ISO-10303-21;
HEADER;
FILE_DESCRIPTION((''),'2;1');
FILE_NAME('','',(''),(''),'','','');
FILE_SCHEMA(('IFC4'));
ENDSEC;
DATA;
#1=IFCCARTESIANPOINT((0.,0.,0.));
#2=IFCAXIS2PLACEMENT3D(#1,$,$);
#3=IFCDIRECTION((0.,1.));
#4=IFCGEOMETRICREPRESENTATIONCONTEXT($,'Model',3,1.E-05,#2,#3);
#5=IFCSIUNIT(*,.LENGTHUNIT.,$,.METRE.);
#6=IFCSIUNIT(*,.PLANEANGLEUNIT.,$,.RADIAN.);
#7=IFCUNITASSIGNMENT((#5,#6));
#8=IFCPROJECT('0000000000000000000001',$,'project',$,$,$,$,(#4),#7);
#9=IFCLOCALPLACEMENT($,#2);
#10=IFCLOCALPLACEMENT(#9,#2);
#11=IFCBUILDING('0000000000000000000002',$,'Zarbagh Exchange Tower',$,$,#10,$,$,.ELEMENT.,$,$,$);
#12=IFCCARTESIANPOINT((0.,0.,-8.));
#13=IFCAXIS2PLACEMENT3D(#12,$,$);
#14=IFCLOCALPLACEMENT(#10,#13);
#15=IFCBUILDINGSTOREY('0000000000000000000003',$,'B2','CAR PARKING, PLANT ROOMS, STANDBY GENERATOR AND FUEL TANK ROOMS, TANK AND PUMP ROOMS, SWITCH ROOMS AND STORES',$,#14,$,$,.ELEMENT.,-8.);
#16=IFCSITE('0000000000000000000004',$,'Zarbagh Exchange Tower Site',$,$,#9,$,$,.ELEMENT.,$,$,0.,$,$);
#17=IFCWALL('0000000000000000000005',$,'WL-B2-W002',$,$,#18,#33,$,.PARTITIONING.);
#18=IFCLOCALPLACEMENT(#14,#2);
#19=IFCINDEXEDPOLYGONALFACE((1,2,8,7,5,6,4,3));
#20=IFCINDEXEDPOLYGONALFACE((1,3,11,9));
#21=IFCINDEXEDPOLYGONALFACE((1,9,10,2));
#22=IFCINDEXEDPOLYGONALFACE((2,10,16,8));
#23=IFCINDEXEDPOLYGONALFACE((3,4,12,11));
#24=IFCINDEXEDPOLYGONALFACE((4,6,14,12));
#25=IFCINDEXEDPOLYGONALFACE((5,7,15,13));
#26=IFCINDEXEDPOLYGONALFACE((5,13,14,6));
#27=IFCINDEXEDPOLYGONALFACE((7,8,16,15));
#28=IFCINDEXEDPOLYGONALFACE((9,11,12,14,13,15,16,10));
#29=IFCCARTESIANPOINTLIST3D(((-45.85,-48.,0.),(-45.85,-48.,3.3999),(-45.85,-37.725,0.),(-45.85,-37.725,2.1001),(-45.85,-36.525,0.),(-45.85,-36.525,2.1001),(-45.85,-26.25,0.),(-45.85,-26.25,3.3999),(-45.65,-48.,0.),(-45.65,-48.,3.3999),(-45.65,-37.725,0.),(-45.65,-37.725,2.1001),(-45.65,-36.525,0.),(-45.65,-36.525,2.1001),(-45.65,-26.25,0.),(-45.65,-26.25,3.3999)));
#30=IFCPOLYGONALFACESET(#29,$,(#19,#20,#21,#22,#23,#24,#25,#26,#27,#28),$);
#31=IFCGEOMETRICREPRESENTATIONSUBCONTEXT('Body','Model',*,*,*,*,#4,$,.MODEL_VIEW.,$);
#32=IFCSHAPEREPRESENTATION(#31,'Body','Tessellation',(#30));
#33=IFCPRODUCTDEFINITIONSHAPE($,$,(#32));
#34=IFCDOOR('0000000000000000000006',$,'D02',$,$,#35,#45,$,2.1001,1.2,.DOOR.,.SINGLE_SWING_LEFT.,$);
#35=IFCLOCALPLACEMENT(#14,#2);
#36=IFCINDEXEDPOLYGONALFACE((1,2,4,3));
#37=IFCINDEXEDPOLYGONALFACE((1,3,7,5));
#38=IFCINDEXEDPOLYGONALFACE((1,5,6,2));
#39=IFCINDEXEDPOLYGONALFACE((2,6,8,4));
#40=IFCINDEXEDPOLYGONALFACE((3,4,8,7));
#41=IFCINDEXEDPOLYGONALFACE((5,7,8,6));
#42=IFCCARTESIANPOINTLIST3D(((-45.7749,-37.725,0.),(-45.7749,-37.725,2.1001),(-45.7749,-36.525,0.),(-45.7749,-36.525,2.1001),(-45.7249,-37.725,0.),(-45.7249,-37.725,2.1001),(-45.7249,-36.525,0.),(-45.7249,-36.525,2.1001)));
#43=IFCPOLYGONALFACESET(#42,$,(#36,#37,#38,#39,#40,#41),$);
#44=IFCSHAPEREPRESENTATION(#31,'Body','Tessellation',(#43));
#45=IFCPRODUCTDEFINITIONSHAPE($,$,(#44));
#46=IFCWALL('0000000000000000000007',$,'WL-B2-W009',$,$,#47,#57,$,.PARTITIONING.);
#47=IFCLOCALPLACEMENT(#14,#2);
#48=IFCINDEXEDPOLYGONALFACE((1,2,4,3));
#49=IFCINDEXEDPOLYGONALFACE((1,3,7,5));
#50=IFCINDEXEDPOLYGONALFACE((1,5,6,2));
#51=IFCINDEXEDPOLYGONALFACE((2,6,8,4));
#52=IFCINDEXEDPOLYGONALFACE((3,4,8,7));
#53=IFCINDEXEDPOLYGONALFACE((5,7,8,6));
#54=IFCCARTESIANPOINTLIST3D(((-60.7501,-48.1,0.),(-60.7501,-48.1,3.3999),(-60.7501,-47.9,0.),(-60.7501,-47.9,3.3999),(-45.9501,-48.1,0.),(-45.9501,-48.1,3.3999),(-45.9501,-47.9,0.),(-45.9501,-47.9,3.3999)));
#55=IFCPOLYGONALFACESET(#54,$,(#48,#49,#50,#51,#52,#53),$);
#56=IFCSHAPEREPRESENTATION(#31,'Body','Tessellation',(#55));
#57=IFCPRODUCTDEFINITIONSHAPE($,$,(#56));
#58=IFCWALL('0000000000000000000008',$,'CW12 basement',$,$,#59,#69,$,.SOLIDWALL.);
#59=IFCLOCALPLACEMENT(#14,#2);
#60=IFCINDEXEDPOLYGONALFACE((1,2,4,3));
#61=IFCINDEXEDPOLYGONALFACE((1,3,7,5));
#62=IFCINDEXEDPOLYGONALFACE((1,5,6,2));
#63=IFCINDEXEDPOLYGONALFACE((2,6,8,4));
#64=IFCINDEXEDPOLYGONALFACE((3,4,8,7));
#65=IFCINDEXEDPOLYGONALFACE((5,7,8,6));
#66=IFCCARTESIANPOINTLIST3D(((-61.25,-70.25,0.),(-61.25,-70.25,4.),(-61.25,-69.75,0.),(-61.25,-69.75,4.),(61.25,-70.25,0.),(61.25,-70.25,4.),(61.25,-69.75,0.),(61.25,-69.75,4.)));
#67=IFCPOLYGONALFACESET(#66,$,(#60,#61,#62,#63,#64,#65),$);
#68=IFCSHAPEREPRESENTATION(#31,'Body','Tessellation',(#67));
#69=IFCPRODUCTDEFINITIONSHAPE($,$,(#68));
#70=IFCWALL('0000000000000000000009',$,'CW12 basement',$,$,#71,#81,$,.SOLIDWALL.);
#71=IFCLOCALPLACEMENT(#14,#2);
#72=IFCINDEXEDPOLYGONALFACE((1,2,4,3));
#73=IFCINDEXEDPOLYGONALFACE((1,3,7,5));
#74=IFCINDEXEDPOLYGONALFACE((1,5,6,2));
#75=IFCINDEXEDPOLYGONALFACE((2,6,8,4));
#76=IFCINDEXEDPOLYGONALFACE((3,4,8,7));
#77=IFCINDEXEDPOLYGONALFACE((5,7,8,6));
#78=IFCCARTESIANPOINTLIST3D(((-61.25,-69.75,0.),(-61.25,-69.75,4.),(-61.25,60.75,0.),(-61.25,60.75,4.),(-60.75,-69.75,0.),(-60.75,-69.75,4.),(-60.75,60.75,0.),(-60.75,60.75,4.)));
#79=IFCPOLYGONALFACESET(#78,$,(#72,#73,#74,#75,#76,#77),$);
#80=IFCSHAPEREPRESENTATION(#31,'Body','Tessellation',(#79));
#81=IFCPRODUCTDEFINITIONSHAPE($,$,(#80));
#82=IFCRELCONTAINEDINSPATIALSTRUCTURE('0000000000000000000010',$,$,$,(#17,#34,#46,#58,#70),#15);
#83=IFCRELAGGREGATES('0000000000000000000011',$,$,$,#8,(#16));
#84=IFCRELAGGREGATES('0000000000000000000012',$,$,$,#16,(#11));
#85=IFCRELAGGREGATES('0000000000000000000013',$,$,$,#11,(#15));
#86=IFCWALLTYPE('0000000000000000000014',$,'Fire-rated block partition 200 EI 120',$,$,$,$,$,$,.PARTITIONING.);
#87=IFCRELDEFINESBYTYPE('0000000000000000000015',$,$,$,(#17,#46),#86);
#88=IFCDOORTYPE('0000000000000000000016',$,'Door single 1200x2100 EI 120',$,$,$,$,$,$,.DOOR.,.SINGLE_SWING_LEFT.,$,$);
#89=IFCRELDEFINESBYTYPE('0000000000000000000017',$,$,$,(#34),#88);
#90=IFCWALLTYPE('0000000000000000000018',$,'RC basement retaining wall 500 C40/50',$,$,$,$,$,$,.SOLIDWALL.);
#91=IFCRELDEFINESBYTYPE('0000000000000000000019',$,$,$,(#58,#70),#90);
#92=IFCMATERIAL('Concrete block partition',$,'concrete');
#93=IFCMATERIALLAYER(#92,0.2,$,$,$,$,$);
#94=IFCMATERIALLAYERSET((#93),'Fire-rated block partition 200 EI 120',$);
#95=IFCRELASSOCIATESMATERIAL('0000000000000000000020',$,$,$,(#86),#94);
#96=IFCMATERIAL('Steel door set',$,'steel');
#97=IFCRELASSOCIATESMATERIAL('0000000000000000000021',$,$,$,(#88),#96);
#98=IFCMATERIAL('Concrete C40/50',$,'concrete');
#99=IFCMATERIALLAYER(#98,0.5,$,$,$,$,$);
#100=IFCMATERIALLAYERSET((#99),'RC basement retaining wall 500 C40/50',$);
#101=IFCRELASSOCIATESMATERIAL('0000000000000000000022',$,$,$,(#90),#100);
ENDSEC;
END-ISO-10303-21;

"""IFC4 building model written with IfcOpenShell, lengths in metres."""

from ifc_helpers import new_model, si_unit, direction, frame, frame_2d, origin, place, context, subcontext, project, spatial, rectangle, extrude, material, layer, layer_set, type_object, element, fill, save


model = new_model("IFC4")

# Units and contexts
model_context = context("Model", 3, precision=1e-05, world=origin(), true_north=direction((0.0, 1.0)))
body_context = subcontext(model_context, "Body", "Model", "MODEL_VIEW")
ifc_project = project(units=[si_unit("LENGTHUNIT", "METRE"), si_unit("PLANEANGLEUNIT", "RADIAN")], contexts=[model_context])

# Site, building, storey
site_placement = place(None, origin())
site = spatial("IfcSite", under=ifc_project, at=site_placement, Name="Zarbagh Exchange Tower Site", CompositionType="ELEMENT", RefElevation=0.0)
building_placement = place(site_placement, origin())
building = spatial("IfcBuilding", under=site, at=building_placement, Name="Zarbagh Exchange Tower", CompositionType="ELEMENT")
storey_placement = place(building_placement, frame((0.0, 0.0, -8.0)))
storey = spatial("IfcBuildingStorey", under=building, at=storey_placement, Name="B2", Description="CAR PARKING, PLANT ROOMS, STANDBY GENERATOR AND FUEL TANK ROOMS, TANK AND PUMP ROOMS, SWITCH ROOMS AND STORES", CompositionType="ELEMENT", Elevation=-8.0)

# Shared definitions
ifc_material_1 = material(Name="Concrete C40/50", Category="concrete")

# Wall, opening, door
ifc_material_2 = material(Name="Concrete block partition", Category="concrete")
ifc_layer_1 = layer(ifc_material_2, 0.2)
ifc_layer_set_1 = layer_set([ifc_layer_1], Name="Fire-rated block partition 200 EI 120")
wall_type_1 = type_object("IfcWallType", Name="Fire-rated block partition 200 EI 120", PredefinedType="PARTITIONING", material=ifc_layer_set_1)
ifc_material_3 = material(Name="Steel door set", Category="steel")
door_type_1 = type_object("IfcDoorType", Name="Door single 1200x2100 EI 120", OperationType="SINGLE_SWING_LEFT", PredefinedType="DOOR", material=ifc_material_3)
wall_1_placement = place(storey_placement, frame((-45.75, -48.0, 0.0), z_axis=(0.0, 0.0, 1.0), x_axis=(0.0, 1.0, 0.0)))
wall_1 = element("IfcWall", 1, at=wall_1_placement, inside=storey, type_object=wall_type_1, Name="WL-B2-W002", PredefinedType="PARTITIONING", context=body_context, shape_type="SweptSolid", body=[
    extrude(rectangle(XDim=21.75, YDim=0.2, at=frame_2d((10.875, 0.0))), origin(), (0.0, 0.0, 1.0), 3.3999),
])
opening_1_placement = place(wall_1_placement, frame((10.2749, 0.0, 0.0)))
opening_1 = element("IfcOpeningElement", 2, at=opening_1_placement, cuts=wall_1, PredefinedType="OPENING", context=body_context, shape_type="SweptSolid", body=[
    extrude(rectangle(XDim=1.2, YDim=2.1001, at=frame_2d((0.6001, 1.05))), frame((0.0, 0.1099, 0.0), z_axis=(0.0, -1.0, 0.0), x_axis=(1.0, 0.0, 0.0)), (0.0, 0.0, 1.0), 0.22),
])
door_1_placement = place(opening_1_placement, origin())
door_1 = element("IfcDoor", 3, at=door_1_placement, inside=storey, type_object=door_type_1, Name="D02", OperationType="SINGLE_SWING_LEFT", OverallHeight=2.1001, OverallWidth=1.2, PredefinedType="DOOR", context=body_context, shape_type="SweptSolid", body=[
    extrude(rectangle(XDim=1.2, YDim=2.1001, at=frame_2d((0.6001, 1.05))), frame((0.0, 0.0249, 0.0), z_axis=(0.0, -1.0, 0.0), x_axis=(1.0, 0.0, 0.0)), (0.0, 0.0, 1.0), 0.05),
])
fill(opening_1, door_1)

# Walls
wall_2_placement = place(storey_placement, frame((-60.75, -48.0, 0.0), z_axis=(0.0, 0.0, 1.0), x_axis=(1.0, 0.0, 0.0)))
element("IfcWall", 4, at=wall_2_placement, inside=storey, type_object=wall_type_1, Name="WL-B2-W009", PredefinedType="PARTITIONING", context=body_context, shape_type="SweptSolid", body=[
    extrude(rectangle(XDim=14.8, YDim=0.2, at=frame_2d((7.3999, 0.0))), origin(), (0.0, 0.0, 1.0), 3.3999),
])
ifc_layer_2 = layer(ifc_material_1, 0.5)
ifc_layer_set_2 = layer_set([ifc_layer_2], Name="RC basement retaining wall 500 C40/50")
wall_type_2 = type_object("IfcWallType", Name="RC basement retaining wall 500 C40/50", PredefinedType="SOLIDWALL", material=ifc_layer_set_2)
wall_3_placement = place(storey_placement, frame((-61.25, -70.0, 0.0), z_axis=(0.0, 0.0, 1.0), x_axis=(1.0, 0.0, 0.0)))
element("IfcWall", 5, at=wall_3_placement, inside=storey, type_object=wall_type_2, Name="CW12 basement", PredefinedType="SOLIDWALL", context=body_context, shape_type="SweptSolid", body=[
    extrude(rectangle(XDim=122.5, YDim=0.5, at=frame_2d((61.25, 0.0))), origin(), (0.0, 0.0, 1.0), 4.0),
])
wall_4_placement = place(storey_placement, frame((-61.0, -69.75, 0.0), z_axis=(0.0, 0.0, 1.0), x_axis=(0.0, 1.0, 0.0)))
element("IfcWall", 6, at=wall_4_placement, inside=storey, type_object=wall_type_2, Name="CW12 basement", PredefinedType="SOLIDWALL", context=body_context, shape_type="SweptSolid", body=[
    extrude(rectangle(XDim=130.5, YDim=0.5, at=frame_2d((65.25, 0.0))), origin(), (0.0, 0.0, 1.0), 4.0),
])

save(model, "model.ifc")
